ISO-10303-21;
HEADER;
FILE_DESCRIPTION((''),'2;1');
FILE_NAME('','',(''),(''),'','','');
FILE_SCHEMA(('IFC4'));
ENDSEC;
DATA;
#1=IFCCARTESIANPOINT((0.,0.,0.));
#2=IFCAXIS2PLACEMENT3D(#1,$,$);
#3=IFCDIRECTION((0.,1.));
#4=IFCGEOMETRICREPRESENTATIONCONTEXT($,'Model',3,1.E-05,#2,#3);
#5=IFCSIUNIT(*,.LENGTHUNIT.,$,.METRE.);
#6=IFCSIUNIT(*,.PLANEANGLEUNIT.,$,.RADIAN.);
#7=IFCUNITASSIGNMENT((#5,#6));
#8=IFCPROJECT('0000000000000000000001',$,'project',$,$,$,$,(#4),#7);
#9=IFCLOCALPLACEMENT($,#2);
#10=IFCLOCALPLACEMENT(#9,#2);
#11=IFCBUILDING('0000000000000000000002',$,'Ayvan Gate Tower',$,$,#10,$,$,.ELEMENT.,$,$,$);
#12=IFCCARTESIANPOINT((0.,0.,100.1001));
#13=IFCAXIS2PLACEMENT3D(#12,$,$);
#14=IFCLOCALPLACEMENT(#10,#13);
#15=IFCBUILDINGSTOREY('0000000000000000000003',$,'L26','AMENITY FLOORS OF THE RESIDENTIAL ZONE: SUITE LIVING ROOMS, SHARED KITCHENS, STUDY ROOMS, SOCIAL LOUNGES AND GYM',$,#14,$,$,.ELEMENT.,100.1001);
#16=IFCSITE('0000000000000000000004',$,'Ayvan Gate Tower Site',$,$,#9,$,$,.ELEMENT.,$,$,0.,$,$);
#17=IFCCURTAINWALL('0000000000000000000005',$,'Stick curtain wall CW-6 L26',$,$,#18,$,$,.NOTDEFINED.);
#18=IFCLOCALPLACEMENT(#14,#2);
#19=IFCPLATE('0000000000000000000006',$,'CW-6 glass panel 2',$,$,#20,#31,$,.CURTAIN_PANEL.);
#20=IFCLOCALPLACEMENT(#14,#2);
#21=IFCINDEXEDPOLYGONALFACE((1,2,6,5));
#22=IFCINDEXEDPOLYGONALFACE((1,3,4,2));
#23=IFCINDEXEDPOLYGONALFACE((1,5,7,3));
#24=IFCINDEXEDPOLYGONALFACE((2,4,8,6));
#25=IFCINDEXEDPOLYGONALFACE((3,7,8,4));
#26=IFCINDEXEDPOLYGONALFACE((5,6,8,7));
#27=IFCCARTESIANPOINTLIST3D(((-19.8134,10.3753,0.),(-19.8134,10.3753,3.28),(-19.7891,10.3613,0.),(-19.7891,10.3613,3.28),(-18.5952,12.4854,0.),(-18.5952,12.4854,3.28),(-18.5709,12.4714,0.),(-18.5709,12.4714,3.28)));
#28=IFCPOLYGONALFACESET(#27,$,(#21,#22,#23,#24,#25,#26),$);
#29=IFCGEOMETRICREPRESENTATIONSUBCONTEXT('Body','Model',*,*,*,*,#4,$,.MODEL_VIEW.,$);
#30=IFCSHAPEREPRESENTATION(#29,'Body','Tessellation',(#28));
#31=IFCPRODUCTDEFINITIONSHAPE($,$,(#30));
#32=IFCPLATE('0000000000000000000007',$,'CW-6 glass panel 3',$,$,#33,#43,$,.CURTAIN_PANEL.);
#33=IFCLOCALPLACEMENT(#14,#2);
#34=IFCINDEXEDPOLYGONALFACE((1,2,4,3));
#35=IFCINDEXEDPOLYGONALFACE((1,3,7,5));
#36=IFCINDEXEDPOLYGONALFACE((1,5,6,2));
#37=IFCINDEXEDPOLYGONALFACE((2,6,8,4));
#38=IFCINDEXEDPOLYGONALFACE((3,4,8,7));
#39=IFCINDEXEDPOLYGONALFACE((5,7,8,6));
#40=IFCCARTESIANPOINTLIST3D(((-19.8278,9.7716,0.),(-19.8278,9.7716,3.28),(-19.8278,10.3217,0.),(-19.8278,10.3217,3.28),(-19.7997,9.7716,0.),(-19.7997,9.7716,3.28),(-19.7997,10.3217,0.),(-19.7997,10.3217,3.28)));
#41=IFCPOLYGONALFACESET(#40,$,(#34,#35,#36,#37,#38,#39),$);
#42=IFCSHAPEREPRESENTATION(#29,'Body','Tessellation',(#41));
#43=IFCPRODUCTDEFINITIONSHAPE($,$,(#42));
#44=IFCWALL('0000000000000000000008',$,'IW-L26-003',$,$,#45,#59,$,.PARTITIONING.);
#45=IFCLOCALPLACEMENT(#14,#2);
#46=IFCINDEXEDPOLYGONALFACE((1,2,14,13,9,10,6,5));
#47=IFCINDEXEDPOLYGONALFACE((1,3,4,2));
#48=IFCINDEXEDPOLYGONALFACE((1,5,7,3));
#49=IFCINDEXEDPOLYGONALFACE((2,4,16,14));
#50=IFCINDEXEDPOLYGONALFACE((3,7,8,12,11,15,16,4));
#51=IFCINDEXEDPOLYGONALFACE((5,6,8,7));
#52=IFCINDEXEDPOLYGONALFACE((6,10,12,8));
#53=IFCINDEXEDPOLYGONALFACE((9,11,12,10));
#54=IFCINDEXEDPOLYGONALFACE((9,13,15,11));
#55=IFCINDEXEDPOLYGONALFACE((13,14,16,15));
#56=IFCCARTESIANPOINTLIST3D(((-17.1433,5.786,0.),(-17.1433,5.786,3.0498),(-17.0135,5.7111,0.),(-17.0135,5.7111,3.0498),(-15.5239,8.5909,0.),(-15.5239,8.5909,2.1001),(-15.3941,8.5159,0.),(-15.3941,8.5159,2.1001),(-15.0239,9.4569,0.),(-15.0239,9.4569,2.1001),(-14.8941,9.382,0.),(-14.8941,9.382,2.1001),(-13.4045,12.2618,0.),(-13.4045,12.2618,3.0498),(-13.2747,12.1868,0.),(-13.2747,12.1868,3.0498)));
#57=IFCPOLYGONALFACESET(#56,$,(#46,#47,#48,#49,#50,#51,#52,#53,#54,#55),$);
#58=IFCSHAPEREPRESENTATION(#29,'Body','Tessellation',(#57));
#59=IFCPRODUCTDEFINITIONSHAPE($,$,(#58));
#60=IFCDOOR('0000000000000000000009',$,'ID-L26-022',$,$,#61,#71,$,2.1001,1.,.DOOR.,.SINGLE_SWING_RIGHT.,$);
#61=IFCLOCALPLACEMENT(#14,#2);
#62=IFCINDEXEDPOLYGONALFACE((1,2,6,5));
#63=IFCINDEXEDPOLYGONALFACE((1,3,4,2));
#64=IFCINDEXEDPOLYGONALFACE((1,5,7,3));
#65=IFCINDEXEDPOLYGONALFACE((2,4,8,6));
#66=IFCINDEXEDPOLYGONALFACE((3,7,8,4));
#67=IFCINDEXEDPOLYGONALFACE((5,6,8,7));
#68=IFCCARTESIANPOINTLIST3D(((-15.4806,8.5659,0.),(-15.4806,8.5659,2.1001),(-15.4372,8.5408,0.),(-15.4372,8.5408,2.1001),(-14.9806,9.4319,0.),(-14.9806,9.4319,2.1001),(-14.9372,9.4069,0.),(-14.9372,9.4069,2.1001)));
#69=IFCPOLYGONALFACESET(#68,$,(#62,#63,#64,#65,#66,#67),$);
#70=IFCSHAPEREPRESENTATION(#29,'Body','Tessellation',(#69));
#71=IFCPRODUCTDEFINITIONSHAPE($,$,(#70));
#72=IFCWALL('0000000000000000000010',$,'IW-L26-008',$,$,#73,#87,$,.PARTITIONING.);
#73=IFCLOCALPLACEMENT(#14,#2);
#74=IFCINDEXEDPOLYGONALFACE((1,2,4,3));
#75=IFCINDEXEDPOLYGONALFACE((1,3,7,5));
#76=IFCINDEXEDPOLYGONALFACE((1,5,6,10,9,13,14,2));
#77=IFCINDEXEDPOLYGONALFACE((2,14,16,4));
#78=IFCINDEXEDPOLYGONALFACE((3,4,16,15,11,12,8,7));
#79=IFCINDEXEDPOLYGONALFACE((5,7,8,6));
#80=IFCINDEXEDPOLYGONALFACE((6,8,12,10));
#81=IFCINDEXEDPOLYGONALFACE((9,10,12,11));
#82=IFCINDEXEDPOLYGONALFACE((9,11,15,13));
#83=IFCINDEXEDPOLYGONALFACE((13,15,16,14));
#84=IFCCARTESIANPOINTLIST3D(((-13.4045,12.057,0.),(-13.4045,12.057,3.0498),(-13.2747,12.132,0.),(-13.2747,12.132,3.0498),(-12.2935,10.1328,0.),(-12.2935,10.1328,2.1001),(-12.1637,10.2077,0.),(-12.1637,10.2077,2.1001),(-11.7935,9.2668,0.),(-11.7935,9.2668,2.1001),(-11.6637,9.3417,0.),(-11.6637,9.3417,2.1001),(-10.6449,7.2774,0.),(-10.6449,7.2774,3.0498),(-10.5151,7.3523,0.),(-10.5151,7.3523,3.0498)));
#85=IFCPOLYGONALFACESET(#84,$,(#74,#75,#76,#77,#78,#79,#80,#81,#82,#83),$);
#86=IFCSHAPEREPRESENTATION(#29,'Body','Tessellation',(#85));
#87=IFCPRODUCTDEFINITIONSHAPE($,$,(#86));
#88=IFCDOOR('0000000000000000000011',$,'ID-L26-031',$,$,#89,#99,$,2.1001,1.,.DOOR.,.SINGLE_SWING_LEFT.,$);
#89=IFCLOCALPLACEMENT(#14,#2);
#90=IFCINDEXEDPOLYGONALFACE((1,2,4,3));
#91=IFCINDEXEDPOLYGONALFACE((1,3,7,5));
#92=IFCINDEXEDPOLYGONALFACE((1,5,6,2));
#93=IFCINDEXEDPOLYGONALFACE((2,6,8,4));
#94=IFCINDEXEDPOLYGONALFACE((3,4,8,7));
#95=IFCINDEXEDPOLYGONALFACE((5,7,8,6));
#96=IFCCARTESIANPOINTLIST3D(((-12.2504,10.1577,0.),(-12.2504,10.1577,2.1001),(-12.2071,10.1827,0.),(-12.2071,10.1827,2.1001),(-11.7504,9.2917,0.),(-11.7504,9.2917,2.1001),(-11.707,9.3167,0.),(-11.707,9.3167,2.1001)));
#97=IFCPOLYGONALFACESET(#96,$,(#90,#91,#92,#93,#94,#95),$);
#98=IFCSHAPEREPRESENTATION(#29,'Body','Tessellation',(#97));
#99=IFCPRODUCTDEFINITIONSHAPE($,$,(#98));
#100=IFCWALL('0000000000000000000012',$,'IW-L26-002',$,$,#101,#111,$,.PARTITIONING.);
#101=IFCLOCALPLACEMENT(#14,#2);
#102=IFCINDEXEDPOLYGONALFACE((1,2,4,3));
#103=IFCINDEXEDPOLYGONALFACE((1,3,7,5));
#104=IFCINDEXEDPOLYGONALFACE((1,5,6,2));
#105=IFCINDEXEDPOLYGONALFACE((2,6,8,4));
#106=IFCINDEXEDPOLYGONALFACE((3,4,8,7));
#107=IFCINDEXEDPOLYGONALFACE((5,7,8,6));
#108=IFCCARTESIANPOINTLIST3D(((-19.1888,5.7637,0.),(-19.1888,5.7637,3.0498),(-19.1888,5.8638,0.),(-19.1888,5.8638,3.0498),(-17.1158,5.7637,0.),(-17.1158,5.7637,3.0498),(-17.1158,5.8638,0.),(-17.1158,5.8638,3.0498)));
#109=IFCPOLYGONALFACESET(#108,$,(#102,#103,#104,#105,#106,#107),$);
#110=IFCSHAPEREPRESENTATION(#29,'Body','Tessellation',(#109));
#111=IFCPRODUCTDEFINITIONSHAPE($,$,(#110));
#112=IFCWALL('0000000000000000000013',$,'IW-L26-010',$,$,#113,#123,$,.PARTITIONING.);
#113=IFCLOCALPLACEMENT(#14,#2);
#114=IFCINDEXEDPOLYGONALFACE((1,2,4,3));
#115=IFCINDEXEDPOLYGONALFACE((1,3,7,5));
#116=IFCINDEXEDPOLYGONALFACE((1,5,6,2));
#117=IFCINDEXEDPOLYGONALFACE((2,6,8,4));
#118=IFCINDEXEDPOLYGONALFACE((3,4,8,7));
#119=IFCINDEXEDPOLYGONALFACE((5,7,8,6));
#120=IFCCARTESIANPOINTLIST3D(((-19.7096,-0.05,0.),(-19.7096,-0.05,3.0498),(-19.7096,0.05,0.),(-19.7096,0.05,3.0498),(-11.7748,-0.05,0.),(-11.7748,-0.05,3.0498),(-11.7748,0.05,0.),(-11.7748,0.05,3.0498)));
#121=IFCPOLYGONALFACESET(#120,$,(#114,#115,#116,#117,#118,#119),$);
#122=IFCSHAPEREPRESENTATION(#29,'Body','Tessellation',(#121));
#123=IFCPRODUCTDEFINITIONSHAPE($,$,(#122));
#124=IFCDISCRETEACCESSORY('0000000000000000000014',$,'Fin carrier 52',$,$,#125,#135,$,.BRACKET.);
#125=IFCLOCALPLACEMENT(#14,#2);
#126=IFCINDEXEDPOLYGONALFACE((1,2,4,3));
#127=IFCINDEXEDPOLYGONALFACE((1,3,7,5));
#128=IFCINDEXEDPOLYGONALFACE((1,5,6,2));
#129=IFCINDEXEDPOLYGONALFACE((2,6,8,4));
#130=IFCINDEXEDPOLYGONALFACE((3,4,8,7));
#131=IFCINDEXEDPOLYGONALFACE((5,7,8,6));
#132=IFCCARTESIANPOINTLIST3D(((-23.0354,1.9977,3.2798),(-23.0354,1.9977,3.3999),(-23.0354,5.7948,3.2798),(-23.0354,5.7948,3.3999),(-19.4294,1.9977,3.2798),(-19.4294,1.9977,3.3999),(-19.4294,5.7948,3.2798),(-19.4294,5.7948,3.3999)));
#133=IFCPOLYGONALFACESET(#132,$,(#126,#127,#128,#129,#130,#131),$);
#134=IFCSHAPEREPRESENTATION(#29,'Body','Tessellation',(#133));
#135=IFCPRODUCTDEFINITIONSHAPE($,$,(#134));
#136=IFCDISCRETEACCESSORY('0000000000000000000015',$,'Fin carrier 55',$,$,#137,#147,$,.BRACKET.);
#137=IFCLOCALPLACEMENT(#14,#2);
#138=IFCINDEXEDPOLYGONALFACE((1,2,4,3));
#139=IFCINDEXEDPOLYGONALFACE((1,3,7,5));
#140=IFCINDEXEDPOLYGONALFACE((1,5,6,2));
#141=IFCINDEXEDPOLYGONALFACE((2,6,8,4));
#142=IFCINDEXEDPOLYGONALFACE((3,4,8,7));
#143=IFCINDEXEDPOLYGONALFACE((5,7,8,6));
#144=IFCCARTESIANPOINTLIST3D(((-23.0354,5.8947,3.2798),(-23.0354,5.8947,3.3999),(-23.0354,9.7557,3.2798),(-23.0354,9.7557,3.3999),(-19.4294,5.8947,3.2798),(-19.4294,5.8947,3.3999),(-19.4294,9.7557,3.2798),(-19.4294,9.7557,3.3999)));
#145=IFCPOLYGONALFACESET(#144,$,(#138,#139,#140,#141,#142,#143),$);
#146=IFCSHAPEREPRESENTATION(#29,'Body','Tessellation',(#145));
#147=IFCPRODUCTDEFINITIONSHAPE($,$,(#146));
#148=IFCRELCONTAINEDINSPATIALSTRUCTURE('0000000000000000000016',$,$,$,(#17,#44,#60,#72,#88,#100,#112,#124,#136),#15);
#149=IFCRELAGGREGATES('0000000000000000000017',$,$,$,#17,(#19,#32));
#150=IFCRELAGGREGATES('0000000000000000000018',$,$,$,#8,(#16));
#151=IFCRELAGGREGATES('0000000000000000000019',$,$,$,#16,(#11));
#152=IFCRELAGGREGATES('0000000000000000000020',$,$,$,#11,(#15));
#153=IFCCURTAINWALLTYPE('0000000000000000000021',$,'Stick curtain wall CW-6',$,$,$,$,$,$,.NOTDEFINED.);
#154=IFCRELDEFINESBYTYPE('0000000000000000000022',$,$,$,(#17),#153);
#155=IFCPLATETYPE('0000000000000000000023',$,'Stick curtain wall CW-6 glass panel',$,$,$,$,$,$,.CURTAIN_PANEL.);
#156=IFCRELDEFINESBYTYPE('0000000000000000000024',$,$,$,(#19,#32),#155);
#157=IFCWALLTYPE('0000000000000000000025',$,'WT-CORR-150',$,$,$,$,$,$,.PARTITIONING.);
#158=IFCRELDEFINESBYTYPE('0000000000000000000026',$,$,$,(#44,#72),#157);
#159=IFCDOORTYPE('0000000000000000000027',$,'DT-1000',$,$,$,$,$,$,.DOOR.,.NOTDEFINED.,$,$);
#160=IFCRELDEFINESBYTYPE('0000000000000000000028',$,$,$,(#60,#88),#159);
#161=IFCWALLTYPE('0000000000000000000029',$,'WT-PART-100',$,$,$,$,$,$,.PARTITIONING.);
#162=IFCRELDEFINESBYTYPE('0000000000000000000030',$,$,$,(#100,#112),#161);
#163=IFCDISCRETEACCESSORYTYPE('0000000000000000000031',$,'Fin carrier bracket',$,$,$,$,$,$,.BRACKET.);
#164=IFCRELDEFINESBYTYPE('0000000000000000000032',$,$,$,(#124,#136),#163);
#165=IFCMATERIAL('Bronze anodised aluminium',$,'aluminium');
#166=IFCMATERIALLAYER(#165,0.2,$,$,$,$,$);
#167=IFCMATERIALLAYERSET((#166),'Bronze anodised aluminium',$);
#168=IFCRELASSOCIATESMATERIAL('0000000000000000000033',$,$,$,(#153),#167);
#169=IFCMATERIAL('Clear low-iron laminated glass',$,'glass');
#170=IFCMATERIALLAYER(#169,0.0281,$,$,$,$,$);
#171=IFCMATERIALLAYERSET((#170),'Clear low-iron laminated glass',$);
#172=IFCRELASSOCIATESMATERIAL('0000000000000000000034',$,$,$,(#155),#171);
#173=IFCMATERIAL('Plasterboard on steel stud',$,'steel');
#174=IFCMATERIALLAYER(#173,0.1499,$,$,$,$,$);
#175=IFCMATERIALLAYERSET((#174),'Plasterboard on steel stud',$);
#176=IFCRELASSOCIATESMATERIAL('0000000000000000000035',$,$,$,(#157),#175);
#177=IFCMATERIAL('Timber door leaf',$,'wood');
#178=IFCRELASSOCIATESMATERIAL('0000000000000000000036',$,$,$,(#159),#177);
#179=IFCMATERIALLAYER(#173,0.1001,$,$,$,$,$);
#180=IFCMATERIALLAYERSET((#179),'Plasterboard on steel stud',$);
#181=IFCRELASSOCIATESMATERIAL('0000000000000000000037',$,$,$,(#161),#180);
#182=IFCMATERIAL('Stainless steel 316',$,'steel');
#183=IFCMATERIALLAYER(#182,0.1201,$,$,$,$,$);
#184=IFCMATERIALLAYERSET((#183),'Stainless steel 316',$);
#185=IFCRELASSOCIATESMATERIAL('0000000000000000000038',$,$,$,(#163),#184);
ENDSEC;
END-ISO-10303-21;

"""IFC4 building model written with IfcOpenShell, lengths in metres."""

from ifc_helpers import new_model, si_unit, direction, frame, frame_2d, origin, origin_2d, place, context, subcontext, project, spatial, rectangle, extrude, material, layer, layer_set, type_object, element, fill, aggregate, save


model = new_model("IFC4")

# Units and contexts
model_context = context("Model", 3, precision=1e-05, world=origin(), true_north=direction((0.0, 1.0)))
body_context = subcontext(model_context, "Body", "Model", "MODEL_VIEW")
ifc_project = project(units=[si_unit("LENGTHUNIT", "METRE"), si_unit("PLANEANGLEUNIT", "RADIAN")], contexts=[model_context])

# Site, building, storey
site_placement = place(None, origin())
site = spatial("IfcSite", under=ifc_project, at=site_placement, Name="Ayvan Gate Tower Site", CompositionType="ELEMENT", RefElevation=0.0)
building_placement = place(site_placement, origin())
building = spatial("IfcBuilding", under=site, at=building_placement, Name="Ayvan Gate Tower", CompositionType="ELEMENT")
storey_placement = place(building_placement, frame((0.0, 0.0, 100.1001)))
storey = spatial("IfcBuildingStorey", under=building, at=storey_placement, Name="L26", Description="AMENITY FLOORS OF THE RESIDENTIAL ZONE: SUITE LIVING ROOMS, SHARED KITCHENS, STUDY ROOMS, SOCIAL LOUNGES AND GYM", CompositionType="ELEMENT", Elevation=100.1001)

# Curtain wall
ifc_material_1 = material(Name="Bronze anodised aluminium", Category="aluminium")
ifc_layer_1 = layer(ifc_material_1, 0.2)
ifc_layer_set_1 = layer_set([ifc_layer_1], Name="Bronze anodised aluminium")
curtain_wall_type_1 = type_object("IfcCurtainWallType", Name="Stick curtain wall CW-6", PredefinedType="NOTDEFINED", material=ifc_layer_set_1)
curtain_wall_1_placement = place(storey_placement, origin())
curtain_wall_1 = element("IfcCurtainWall", 1, at=curtain_wall_1_placement, inside=storey, type_object=curtain_wall_type_1, Name="Stick curtain wall CW-6 L26", PredefinedType="NOTDEFINED")

# Plates
ifc_material_2 = material(Name="Clear low-iron laminated glass", Category="glass")
ifc_layer_2 = layer(ifc_material_2, 0.0281)
ifc_layer_set_2 = layer_set([ifc_layer_2], Name="Clear low-iron laminated glass")
plate_type_1 = type_object("IfcPlateType", Name="Stick curtain wall CW-6 glass panel", PredefinedType="CURTAIN_PANEL", material=ifc_layer_set_2)
plate_1_placement = place(storey_placement, frame((-19.1921, 11.4233, 0.0), z_axis=(0.0, 0.0, 1.0), x_axis=(-0.5, -0.866025, 0.0)))
plate_1 = element("IfcPlate", 2, at=plate_1_placement, type_object=plate_type_1, Name="CW-6 glass panel 2", PredefinedType="CURTAIN_PANEL", context=body_context, shape_type="SweptSolid", body=[
    extrude(rectangle(XDim=2.4365, YDim=0.0281, at=origin_2d()), origin(), (0.0, 0.0, 1.0), 3.28),
])
plate_2_placement = place(storey_placement, frame((-19.8137, 10.0466, 0.0), z_axis=(0.0, 0.0, 1.0), x_axis=(0.0, -1.0, 0.0)))
plate_2 = element("IfcPlate", 3, at=plate_2_placement, type_object=plate_type_1, Name="CW-6 glass panel 3", PredefinedType="CURTAIN_PANEL", context=body_context, shape_type="SweptSolid", body=[
    extrude(rectangle(XDim=0.55, YDim=0.0281, at=origin_2d()), origin(), (0.0, 0.0, 1.0), 3.28),
])
aggregate(curtain_wall_1, [plate_1, plate_2])

# Walls, openings, doors
ifc_material_3 = material(Name="Plasterboard on steel stud", Category="steel")
ifc_layer_3 = layer(ifc_material_3, 0.1499)
ifc_layer_set_3 = layer_set([ifc_layer_3], Name="Plasterboard on steel stud")
wall_type_1 = type_object("IfcWallType", Name="WT-CORR-150", PredefinedType="PARTITIONING", material=ifc_layer_set_3)
wall_1_placement = place(storey_placement, frame((-17.0784, 5.7485, 0.0), z_axis=(0.0, 0.0, 1.0), x_axis=(0.499995, 0.866028, 0.0)))
wall_1 = element("IfcWall", 4, at=wall_1_placement, inside=storey, type_object=wall_type_1, Name="IW-L26-003", PredefinedType="PARTITIONING", context=body_context, shape_type="SweptSolid", body=[
    extrude(rectangle(XDim=7.4775, YDim=0.1499, at=frame_2d((3.7388, 0.0))), origin(), (0.0, 0.0, 1.0), 3.0498),
])
opening_1_placement = place(wall_1_placement, frame((3.2388, 0.0, 0.0)))
opening_1 = element("IfcOpeningElement", 5, at=opening_1_placement, cuts=wall_1, PredefinedType="OPENING", context=body_context, shape_type="SweptSolid", body=[
    extrude(rectangle(XDim=1.0, YDim=2.1001, at=frame_2d((0.5, 1.05))), frame((0.0, 0.085, 0.0), z_axis=(0.0, -1.0, 0.0), x_axis=(1.0, 0.0, 0.0)), (0.0, 0.0, 1.0), 0.1699),
])
ifc_material_4 = material(Name="Timber door leaf", Category="wood")
door_type = type_object("IfcDoorType", Name="DT-1000", OperationType="NOTDEFINED", PredefinedType="DOOR", material=ifc_material_4)
door_1_placement = place(opening_1_placement, origin())
door_1 = element("IfcDoor", 6, at=door_1_placement, inside=storey, type_object=door_type, Name="ID-L26-022", OperationType="SINGLE_SWING_RIGHT", OverallHeight=2.1001, OverallWidth=1.0, PredefinedType="DOOR", context=body_context, shape_type="SweptSolid", body=[
    extrude(rectangle(XDim=1.0, YDim=2.1001, at=frame_2d((0.5, 1.05))), frame((0.0, 0.0249, 0.0), z_axis=(0.0, -1.0, 0.0), x_axis=(1.0, 0.0, 0.0)), (0.0, 0.0, 1.0), 0.05),
])
fill(opening_1, door_1)
wall_2_placement = place(storey_placement, frame((-13.3396, 12.0945, 0.0), z_axis=(0.0, 0.0, 1.0), x_axis=(0.500007, -0.866021, 0.0)))
wall_2 = element("IfcWall", 7, at=wall_2_placement, inside=storey, type_object=wall_type_1, Name="IW-L26-008", PredefinedType="PARTITIONING", context=body_context, shape_type="SweptSolid", body=[
    extrude(rectangle(XDim=5.519, YDim=0.1499, at=frame_2d((2.7595, 0.0))), origin(), (0.0, 0.0, 1.0), 3.0498),
])
opening_2_placement = place(wall_2_placement, frame((2.2219, 0.0, 0.0)))
opening_2 = element("IfcOpeningElement", 8, at=opening_2_placement, cuts=wall_2, PredefinedType="OPENING", context=body_context, shape_type="SweptSolid", body=[
    extrude(rectangle(XDim=1.0, YDim=2.1001, at=frame_2d((0.5, 1.05))), frame((0.0, 0.085, 0.0), z_axis=(0.0, -1.0, 0.0), x_axis=(1.0, 0.0, 0.0)), (0.0, 0.0, 1.0), 0.1699),
])
door_2_placement = place(opening_2_placement, origin())
door_2 = element("IfcDoor", 9, at=door_2_placement, inside=storey, type_object=door_type, Name="ID-L26-031", OperationType="SINGLE_SWING_LEFT", OverallHeight=2.1001, OverallWidth=1.0, PredefinedType="DOOR", context=body_context, shape_type="SweptSolid", body=[
    extrude(rectangle(XDim=1.0, YDim=2.1001, at=frame_2d((0.5, 1.05))), frame((0.0, 0.0249, 0.0), z_axis=(0.0, -1.0, 0.0), x_axis=(1.0, 0.0, 0.0)), (0.0, 0.0, 1.0), 0.05),
])
fill(opening_2, door_2)

# Walls
ifc_layer_4 = layer(ifc_material_3, 0.1001)
ifc_layer_set_4 = layer_set([ifc_layer_4], Name="Plasterboard on steel stud")
wall_type_2 = type_object("IfcWallType", Name="WT-PART-100", PredefinedType="PARTITIONING", material=ifc_layer_set_4)
wall_3_placement = place(storey_placement, frame((-17.1157, 5.8137, 0.0), z_axis=(0.0, 0.0, 1.0), x_axis=(-1.0, 0.0, 0.0)))
element("IfcWall", 10, at=wall_3_placement, inside=storey, type_object=wall_type_2, Name="IW-L26-002", PredefinedType="PARTITIONING", context=body_context, shape_type="SweptSolid", body=[
    extrude(rectangle(XDim=2.073, YDim=0.1001, at=frame_2d((1.0366, 0.0))), origin(), (0.0, 0.0, 1.0), 3.0498),
])
wall_4_placement = place(storey_placement, frame((-11.7749, 0.0, 0.0), z_axis=(0.0, 0.0, 1.0), x_axis=(-1.0, 0.0, 0.0)))
element("IfcWall", 11, at=wall_4_placement, inside=storey, type_object=wall_type_2, Name="IW-L26-010", PredefinedType="PARTITIONING", context=body_context, shape_type="SweptSolid", body=[
    extrude(rectangle(XDim=7.9348, YDim=0.1001, at=frame_2d((3.9673, 0.0))), origin(), (0.0, 0.0, 1.0), 3.0498),
])

# Discrete accessories
ifc_material_5 = material(Name="Stainless steel 316", Category="steel")
ifc_layer_5 = layer(ifc_material_5, 0.1201)
ifc_layer_set_5 = layer_set([ifc_layer_5], Name="Stainless steel 316")
discrete_accessory_type = type_object("IfcDiscreteAccessoryType", Name="Fin carrier bracket", PredefinedType="BRACKET", material=ifc_layer_set_5)
discrete_accessory_1_placement = place(storey_placement, frame((-21.2324, 3.8962, 3.2798), z_axis=(0.0, 0.0, 1.0), x_axis=(0.0, -1.0, 0.0)))
element("IfcDiscreteAccessory", 12, at=discrete_accessory_1_placement, inside=storey, type_object=discrete_accessory_type, Name="Fin carrier 52", PredefinedType="BRACKET", context=body_context, shape_type="SweptSolid", body=[
    extrude(rectangle(XDim=3.7971, YDim=3.606, at=origin_2d()), origin(), (0.0, 0.0, 1.0), 0.1201),
])
discrete_accessory_2_placement = place(storey_placement, frame((-21.2324, 7.8252, 3.2798), z_axis=(0.0, 0.0, 1.0), x_axis=(0.0, -1.0, 0.0)))
element("IfcDiscreteAccessory", 13, at=discrete_accessory_2_placement, inside=storey, type_object=discrete_accessory_type, Name="Fin carrier 55", PredefinedType="BRACKET", context=body_context, shape_type="SweptSolid", body=[
    extrude(rectangle(XDim=3.8611, YDim=3.606, at=origin_2d()), origin(), (0.0, 0.0, 1.0), 0.1201),
])

save(model, "model.ifc")
